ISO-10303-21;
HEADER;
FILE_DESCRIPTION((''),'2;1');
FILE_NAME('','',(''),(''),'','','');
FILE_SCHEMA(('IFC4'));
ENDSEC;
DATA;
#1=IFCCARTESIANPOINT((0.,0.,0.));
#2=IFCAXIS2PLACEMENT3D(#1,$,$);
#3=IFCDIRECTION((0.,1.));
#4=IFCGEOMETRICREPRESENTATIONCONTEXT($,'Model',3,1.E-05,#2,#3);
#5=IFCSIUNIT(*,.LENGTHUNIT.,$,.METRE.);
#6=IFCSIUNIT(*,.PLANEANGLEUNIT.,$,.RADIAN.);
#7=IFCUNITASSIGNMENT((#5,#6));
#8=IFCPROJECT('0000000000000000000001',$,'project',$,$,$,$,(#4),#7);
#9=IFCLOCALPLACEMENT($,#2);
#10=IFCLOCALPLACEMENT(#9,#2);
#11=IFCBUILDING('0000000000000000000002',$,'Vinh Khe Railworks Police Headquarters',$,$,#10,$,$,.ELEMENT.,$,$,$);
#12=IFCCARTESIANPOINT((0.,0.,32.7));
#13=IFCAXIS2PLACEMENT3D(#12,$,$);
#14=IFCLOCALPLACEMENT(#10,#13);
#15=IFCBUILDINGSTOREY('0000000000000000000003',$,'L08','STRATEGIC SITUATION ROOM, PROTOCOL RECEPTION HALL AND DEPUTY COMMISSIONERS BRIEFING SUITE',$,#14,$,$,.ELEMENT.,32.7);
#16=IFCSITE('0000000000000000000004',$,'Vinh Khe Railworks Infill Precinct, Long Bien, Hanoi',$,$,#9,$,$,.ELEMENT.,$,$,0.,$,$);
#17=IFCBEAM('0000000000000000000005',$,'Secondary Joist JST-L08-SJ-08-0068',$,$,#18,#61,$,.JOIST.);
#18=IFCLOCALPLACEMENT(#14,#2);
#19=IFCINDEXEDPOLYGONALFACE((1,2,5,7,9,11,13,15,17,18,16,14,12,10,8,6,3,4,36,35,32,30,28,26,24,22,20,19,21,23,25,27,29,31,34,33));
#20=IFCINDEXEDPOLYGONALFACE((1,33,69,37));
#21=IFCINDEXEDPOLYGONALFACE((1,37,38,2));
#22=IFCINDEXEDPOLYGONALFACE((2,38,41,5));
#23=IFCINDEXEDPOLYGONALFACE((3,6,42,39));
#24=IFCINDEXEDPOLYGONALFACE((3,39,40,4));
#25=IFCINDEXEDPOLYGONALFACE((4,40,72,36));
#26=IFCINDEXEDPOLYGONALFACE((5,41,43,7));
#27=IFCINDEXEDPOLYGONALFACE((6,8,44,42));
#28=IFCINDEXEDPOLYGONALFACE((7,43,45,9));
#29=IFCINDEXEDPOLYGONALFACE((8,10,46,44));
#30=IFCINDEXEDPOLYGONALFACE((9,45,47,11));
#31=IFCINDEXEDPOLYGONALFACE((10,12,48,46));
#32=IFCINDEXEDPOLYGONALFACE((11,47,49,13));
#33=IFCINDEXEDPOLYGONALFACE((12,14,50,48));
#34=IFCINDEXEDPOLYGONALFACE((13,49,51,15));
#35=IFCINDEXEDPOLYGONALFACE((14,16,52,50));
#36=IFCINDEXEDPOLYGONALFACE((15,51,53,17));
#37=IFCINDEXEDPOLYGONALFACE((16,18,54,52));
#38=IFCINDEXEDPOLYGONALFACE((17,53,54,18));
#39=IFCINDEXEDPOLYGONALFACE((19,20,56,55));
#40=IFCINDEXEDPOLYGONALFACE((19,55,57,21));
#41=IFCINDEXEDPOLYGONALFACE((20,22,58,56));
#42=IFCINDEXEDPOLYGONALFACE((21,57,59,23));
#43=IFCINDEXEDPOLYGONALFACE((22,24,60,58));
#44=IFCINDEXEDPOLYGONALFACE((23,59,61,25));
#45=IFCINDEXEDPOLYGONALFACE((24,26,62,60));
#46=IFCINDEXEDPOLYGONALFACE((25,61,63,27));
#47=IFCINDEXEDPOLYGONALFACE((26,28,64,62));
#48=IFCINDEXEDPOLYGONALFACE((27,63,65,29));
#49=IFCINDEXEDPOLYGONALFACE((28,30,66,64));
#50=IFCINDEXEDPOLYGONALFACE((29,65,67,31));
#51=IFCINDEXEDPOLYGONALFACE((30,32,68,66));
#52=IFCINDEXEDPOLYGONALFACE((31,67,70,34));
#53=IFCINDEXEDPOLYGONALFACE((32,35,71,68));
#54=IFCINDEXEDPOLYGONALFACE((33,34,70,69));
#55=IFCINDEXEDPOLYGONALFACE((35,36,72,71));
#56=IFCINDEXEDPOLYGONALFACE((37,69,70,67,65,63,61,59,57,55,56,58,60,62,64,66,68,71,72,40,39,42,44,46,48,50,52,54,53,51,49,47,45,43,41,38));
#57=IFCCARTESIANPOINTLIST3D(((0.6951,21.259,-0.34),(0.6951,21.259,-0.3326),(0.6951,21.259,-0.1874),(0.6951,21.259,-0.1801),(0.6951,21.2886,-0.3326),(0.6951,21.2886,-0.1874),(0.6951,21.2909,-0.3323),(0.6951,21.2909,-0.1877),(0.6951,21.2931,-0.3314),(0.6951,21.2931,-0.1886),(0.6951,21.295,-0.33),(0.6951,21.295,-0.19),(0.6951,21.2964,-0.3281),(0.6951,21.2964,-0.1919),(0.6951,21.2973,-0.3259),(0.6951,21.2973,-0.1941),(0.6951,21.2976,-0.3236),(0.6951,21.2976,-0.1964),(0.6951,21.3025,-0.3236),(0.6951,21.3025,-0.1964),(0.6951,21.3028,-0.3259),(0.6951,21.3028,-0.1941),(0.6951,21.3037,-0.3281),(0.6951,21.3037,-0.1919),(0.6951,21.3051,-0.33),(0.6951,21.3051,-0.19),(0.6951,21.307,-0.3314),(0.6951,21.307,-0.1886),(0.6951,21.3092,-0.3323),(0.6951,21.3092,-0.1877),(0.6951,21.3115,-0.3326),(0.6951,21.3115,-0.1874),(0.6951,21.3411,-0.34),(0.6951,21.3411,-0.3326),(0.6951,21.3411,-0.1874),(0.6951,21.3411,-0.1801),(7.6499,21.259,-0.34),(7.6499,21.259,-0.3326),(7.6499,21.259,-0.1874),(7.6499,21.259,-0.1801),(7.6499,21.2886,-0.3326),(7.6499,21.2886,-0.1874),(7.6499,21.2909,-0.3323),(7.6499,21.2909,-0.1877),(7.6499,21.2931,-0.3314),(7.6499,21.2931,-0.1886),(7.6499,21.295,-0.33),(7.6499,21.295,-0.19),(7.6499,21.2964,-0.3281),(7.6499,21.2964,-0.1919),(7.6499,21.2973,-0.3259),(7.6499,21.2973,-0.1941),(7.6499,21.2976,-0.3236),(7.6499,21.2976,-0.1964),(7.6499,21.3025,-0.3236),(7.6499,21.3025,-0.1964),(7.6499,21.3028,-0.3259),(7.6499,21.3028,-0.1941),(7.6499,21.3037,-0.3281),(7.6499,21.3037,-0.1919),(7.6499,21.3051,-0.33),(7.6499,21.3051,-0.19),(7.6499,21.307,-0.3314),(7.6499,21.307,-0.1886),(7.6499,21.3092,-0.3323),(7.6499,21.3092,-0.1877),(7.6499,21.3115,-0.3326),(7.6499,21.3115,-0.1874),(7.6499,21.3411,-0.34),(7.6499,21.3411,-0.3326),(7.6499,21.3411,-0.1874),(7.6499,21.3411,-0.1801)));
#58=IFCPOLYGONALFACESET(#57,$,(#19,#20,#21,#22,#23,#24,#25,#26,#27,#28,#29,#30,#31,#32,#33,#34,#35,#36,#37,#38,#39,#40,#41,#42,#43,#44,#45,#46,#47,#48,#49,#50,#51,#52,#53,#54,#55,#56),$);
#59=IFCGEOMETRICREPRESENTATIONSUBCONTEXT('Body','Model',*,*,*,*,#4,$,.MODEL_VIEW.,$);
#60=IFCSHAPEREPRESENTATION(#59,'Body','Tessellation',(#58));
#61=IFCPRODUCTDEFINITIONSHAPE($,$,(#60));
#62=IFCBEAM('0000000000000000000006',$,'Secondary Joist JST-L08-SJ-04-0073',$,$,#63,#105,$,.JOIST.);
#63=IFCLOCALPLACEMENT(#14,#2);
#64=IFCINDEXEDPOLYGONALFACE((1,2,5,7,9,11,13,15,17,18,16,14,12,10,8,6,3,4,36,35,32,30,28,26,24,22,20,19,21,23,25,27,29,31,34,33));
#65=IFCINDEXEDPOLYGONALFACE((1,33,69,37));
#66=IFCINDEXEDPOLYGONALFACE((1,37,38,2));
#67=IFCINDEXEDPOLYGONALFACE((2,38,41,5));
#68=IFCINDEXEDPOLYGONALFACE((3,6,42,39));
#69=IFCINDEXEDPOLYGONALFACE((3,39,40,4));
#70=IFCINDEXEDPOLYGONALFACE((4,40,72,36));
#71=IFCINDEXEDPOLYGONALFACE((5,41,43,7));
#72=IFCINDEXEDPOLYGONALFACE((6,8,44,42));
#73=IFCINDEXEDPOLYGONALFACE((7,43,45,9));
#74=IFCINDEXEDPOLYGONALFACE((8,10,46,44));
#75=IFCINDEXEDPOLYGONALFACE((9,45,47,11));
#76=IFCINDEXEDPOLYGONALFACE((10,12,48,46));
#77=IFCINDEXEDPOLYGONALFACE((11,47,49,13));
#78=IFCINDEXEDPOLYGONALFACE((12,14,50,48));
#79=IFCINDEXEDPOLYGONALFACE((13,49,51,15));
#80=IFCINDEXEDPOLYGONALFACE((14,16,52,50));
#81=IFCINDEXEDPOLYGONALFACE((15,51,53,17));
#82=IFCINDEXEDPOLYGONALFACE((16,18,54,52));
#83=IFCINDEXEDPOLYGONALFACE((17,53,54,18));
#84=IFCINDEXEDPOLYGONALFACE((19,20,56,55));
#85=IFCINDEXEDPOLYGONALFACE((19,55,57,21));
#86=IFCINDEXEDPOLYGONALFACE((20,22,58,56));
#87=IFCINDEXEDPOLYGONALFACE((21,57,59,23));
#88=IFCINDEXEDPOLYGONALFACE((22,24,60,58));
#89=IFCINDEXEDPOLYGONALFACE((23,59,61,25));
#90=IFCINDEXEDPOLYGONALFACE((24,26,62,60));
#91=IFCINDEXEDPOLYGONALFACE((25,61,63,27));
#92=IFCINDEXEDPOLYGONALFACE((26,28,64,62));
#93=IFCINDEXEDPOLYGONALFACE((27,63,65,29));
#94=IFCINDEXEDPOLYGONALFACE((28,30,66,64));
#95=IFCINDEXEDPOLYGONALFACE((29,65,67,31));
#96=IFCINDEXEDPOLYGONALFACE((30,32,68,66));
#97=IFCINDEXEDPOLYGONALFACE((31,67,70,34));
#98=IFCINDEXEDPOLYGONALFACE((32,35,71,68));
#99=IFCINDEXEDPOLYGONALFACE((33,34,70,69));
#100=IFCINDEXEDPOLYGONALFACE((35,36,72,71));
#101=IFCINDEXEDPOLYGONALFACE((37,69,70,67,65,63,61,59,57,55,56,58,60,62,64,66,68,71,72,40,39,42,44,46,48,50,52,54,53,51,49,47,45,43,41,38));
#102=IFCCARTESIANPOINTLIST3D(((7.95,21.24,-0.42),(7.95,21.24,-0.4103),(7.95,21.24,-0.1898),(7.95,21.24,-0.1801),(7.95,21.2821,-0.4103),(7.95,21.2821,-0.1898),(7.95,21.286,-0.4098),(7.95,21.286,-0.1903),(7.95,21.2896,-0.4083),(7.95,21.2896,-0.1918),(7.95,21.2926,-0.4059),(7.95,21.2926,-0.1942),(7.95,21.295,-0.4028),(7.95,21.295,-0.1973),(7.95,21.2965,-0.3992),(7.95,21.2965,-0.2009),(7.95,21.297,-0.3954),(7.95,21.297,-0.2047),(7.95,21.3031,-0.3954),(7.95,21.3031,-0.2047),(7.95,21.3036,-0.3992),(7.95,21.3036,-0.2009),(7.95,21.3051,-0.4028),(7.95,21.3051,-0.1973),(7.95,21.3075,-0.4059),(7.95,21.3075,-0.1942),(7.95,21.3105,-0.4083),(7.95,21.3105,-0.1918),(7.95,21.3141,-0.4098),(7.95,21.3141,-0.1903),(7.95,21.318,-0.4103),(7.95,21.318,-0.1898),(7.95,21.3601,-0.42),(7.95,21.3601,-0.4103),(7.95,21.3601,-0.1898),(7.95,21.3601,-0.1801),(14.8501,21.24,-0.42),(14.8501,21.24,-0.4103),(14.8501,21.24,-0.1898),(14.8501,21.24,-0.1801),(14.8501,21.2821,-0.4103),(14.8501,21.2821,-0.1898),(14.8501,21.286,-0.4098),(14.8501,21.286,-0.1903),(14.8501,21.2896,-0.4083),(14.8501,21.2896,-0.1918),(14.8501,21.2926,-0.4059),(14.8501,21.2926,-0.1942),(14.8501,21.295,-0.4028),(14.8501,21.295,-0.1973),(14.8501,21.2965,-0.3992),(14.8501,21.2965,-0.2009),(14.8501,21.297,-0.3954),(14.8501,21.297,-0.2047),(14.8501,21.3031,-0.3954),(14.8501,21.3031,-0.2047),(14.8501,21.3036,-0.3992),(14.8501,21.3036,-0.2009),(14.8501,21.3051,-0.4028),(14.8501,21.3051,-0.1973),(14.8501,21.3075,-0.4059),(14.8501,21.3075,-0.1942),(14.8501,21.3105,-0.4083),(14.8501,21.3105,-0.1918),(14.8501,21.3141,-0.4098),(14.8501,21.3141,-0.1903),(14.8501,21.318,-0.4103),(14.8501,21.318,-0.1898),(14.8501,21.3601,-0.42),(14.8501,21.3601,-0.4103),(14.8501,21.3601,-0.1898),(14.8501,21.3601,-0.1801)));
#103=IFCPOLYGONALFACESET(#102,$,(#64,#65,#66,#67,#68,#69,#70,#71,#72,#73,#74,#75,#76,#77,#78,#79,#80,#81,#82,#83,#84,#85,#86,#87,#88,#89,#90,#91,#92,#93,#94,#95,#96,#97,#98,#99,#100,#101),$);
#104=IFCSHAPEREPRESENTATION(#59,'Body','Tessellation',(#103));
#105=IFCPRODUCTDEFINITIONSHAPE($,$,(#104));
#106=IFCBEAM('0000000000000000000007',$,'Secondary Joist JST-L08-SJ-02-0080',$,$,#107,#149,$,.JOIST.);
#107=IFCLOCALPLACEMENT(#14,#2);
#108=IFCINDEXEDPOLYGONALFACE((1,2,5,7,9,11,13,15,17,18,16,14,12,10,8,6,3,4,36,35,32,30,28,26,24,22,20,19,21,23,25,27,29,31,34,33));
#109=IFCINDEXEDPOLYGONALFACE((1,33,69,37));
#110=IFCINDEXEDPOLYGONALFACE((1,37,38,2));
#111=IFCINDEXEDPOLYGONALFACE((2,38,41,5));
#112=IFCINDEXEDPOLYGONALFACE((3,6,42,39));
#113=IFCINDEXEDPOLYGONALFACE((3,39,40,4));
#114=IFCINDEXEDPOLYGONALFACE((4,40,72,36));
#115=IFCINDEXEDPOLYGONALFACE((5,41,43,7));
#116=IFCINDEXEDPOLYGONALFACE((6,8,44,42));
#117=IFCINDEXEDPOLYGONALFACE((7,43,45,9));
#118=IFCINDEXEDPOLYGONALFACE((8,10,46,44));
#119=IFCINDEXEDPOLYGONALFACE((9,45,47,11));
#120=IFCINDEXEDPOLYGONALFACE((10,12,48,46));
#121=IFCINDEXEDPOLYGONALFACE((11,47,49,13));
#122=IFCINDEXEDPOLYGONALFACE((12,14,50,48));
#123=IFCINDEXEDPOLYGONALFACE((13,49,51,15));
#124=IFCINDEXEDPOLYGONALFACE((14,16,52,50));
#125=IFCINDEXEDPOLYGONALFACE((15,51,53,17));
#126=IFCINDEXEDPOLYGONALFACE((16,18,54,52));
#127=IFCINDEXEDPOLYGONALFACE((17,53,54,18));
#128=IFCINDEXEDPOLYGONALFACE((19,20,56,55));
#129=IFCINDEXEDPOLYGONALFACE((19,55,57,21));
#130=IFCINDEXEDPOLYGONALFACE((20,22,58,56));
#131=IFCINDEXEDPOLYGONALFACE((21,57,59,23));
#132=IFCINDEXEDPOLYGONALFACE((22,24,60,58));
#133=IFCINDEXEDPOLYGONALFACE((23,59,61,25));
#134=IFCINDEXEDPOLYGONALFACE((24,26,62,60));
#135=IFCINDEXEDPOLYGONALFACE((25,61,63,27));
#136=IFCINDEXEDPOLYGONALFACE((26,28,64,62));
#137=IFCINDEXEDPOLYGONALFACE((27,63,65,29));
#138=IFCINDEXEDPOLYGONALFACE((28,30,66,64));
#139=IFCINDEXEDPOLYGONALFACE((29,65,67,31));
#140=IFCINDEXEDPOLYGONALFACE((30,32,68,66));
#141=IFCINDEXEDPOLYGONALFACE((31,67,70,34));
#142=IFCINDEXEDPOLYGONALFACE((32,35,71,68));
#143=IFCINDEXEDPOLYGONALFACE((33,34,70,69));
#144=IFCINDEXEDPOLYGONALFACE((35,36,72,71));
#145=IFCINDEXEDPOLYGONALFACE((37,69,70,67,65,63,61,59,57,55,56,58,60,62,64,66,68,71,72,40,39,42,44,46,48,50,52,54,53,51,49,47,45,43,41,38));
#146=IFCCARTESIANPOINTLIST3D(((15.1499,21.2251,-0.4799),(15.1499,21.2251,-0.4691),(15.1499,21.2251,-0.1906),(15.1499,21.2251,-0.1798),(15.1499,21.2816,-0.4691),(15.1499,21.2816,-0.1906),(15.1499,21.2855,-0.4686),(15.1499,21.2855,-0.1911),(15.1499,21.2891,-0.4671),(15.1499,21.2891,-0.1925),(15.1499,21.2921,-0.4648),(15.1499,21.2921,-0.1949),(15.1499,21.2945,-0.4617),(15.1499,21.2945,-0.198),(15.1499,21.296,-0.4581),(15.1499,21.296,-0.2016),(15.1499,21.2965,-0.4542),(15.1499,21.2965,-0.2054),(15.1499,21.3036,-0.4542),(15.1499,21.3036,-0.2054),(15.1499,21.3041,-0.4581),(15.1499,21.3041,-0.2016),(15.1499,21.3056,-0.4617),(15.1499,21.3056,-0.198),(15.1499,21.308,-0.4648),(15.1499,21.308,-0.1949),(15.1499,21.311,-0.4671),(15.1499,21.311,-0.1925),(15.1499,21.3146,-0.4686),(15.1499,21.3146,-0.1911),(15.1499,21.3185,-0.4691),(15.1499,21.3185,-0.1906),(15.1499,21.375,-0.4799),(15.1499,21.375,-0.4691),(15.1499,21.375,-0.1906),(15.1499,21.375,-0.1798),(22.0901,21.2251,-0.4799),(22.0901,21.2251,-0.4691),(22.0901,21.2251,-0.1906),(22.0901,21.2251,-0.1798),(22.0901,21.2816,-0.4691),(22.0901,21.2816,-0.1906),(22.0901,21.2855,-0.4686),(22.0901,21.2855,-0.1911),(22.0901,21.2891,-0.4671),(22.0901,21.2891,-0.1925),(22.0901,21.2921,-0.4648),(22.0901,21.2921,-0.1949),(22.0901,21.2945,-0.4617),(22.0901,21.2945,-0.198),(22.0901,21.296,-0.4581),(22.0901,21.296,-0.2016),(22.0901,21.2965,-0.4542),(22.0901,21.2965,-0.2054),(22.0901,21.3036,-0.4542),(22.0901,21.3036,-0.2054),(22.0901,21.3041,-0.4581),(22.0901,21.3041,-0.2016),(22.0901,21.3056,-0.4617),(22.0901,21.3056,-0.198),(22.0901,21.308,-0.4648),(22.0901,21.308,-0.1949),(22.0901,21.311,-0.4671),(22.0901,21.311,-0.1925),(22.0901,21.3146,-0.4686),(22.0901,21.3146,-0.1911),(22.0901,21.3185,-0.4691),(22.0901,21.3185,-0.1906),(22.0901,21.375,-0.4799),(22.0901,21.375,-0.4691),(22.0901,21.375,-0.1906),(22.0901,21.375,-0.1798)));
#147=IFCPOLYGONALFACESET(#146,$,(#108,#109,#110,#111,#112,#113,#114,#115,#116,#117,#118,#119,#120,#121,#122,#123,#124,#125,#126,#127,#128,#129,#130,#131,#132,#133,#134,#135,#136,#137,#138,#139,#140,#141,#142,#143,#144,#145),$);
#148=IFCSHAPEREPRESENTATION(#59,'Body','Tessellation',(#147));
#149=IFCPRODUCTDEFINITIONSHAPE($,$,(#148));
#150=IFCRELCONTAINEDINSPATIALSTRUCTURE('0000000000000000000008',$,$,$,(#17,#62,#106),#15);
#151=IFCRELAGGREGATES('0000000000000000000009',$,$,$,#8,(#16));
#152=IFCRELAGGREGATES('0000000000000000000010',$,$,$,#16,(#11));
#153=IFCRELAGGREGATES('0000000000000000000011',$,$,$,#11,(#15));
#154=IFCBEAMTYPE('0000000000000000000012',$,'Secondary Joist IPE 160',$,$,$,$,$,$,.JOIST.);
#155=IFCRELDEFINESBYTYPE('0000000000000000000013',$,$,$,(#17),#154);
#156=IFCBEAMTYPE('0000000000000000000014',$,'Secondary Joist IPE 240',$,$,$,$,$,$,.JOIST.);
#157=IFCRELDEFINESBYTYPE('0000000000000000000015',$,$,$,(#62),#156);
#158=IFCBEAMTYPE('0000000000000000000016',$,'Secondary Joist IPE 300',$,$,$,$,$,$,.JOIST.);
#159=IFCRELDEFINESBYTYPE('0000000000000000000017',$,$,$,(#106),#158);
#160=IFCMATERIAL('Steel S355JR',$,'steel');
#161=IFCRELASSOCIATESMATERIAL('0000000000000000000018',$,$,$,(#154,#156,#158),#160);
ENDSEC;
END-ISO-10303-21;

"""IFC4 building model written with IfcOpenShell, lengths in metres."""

from ifc_helpers import new_model, si_unit, direction, frame, origin, origin_2d, place, context, subcontext, project, spatial, i_section, extrude, material, material_profile, profile_set, type_object, element, save


model = new_model("IFC4")

# Units and contexts
model_context = context("Model", 3, precision=1e-05, world=origin(), true_north=direction((0.0, 1.0)))
body_context = subcontext(model_context, "Body", "Model", "MODEL_VIEW")
ifc_project = project(units=[si_unit("LENGTHUNIT", "METRE"), si_unit("PLANEANGLEUNIT", "RADIAN")], contexts=[model_context])

# Site, building, storey
site_placement = place(None, origin())
site = spatial("IfcSite", under=ifc_project, at=site_placement, Name="Vinh Khe Railworks Infill Precinct, Long Bien, Hanoi", CompositionType="ELEMENT", RefElevation=0.0)
building_placement = place(site_placement, origin())
building = spatial("IfcBuilding", under=site, at=building_placement, Name="Vinh Khe Railworks Police Headquarters", CompositionType="ELEMENT")
storey_placement = place(building_placement, frame((0.0, 0.0, 32.7)))
storey = spatial("IfcBuildingStorey", under=building, at=storey_placement, Name="L08", Description="STRATEGIC SITUATION ROOM, PROTOCOL RECEPTION HALL AND DEPUTY COMMISSIONERS BRIEFING SUITE", CompositionType="ELEMENT", Elevation=32.7)

# Shared definitions
ifc_material_1 = material(Name="Steel S355JR", Category="steel")

# Beams
ifc_material_profile_1 = material_profile(ifc_material_1, i_section(OverallWidth=0.082, OverallDepth=0.1599, WebThickness=0.0049, FlangeThickness=0.0073, FilletRadius=0.009, at=origin_2d()), Name="IPE 160")
ifc_profile_set_1 = profile_set([ifc_material_profile_1], Name="Steel S355JR")
beam_type_1 = type_object("IfcBeamType", Name="Secondary Joist IPE 160", PredefinedType="JOIST", material=ifc_profile_set_1)
beam_1_placement = place(storey_placement, frame((0.6951, 21.3, -0.26), z_axis=(1.0, 0.0, 0.0), x_axis=(0.0, 1.0, 0.0)))
element("IfcBeam", 1, at=beam_1_placement, inside=storey, type_object=beam_type_1, Name="Secondary Joist JST-L08-SJ-08-0068", PredefinedType="JOIST", context=body_context, shape_type="SweptSolid", body=[
    extrude(i_section(OverallWidth=0.082, OverallDepth=0.1599, WebThickness=0.0049, FlangeThickness=0.0073, FilletRadius=0.009, at=origin_2d()), origin(), (0.0, 0.0, 1.0), 6.9548),
])
ifc_material_profile_2 = material_profile(ifc_material_1, i_section(OverallWidth=0.1201, OverallDepth=0.24, WebThickness=0.0061, FlangeThickness=0.0098, FilletRadius=0.0149, at=origin_2d()), Name="IPE 240")
ifc_profile_set_2 = profile_set([ifc_material_profile_2], Name="Steel S355JR")
beam_type_2 = type_object("IfcBeamType", Name="Secondary Joist IPE 240", PredefinedType="JOIST", material=ifc_profile_set_2)
beam_2_placement = place(storey_placement, frame((7.95, 21.3, -0.3), z_axis=(1.0, 0.0, 0.0), x_axis=(0.0, 1.0, 0.0)))
element("IfcBeam", 2, at=beam_2_placement, inside=storey, type_object=beam_type_2, Name="Secondary Joist JST-L08-SJ-04-0073", PredefinedType="JOIST", context=body_context, shape_type="SweptSolid", body=[
    extrude(i_section(OverallWidth=0.1201, OverallDepth=0.24, WebThickness=0.0061, FlangeThickness=0.0098, FilletRadius=0.0149, at=origin_2d()), origin(), (0.0, 0.0, 1.0), 6.9001),
])
ifc_material_profile_3 = material_profile(ifc_material_1, i_section(OverallWidth=0.1499, OverallDepth=0.3, WebThickness=0.0071, FlangeThickness=0.0107, FilletRadius=0.0149, at=origin_2d()), Name="IPE 300")
ifc_profile_set_3 = profile_set([ifc_material_profile_3], Name="Steel S355JR")
beam_type_3 = type_object("IfcBeamType", Name="Secondary Joist IPE 300", PredefinedType="JOIST", material=ifc_profile_set_3)
beam_3_placement = place(storey_placement, frame((15.1499, 21.3, -0.3298), z_axis=(1.0, 0.0, 0.0), x_axis=(0.0, 1.0, 0.0)))
element("IfcBeam", 3, at=beam_3_placement, inside=storey, type_object=beam_type_3, Name="Secondary Joist JST-L08-SJ-02-0080", PredefinedType="JOIST", context=body_context, shape_type="SweptSolid", body=[
    extrude(i_section(OverallWidth=0.1499, OverallDepth=0.3, WebThickness=0.0071, FlangeThickness=0.0107, FilletRadius=0.0149, at=origin_2d()), origin(), (0.0, 0.0, 1.0), 6.9402),
])

save(model, "model.ifc")
